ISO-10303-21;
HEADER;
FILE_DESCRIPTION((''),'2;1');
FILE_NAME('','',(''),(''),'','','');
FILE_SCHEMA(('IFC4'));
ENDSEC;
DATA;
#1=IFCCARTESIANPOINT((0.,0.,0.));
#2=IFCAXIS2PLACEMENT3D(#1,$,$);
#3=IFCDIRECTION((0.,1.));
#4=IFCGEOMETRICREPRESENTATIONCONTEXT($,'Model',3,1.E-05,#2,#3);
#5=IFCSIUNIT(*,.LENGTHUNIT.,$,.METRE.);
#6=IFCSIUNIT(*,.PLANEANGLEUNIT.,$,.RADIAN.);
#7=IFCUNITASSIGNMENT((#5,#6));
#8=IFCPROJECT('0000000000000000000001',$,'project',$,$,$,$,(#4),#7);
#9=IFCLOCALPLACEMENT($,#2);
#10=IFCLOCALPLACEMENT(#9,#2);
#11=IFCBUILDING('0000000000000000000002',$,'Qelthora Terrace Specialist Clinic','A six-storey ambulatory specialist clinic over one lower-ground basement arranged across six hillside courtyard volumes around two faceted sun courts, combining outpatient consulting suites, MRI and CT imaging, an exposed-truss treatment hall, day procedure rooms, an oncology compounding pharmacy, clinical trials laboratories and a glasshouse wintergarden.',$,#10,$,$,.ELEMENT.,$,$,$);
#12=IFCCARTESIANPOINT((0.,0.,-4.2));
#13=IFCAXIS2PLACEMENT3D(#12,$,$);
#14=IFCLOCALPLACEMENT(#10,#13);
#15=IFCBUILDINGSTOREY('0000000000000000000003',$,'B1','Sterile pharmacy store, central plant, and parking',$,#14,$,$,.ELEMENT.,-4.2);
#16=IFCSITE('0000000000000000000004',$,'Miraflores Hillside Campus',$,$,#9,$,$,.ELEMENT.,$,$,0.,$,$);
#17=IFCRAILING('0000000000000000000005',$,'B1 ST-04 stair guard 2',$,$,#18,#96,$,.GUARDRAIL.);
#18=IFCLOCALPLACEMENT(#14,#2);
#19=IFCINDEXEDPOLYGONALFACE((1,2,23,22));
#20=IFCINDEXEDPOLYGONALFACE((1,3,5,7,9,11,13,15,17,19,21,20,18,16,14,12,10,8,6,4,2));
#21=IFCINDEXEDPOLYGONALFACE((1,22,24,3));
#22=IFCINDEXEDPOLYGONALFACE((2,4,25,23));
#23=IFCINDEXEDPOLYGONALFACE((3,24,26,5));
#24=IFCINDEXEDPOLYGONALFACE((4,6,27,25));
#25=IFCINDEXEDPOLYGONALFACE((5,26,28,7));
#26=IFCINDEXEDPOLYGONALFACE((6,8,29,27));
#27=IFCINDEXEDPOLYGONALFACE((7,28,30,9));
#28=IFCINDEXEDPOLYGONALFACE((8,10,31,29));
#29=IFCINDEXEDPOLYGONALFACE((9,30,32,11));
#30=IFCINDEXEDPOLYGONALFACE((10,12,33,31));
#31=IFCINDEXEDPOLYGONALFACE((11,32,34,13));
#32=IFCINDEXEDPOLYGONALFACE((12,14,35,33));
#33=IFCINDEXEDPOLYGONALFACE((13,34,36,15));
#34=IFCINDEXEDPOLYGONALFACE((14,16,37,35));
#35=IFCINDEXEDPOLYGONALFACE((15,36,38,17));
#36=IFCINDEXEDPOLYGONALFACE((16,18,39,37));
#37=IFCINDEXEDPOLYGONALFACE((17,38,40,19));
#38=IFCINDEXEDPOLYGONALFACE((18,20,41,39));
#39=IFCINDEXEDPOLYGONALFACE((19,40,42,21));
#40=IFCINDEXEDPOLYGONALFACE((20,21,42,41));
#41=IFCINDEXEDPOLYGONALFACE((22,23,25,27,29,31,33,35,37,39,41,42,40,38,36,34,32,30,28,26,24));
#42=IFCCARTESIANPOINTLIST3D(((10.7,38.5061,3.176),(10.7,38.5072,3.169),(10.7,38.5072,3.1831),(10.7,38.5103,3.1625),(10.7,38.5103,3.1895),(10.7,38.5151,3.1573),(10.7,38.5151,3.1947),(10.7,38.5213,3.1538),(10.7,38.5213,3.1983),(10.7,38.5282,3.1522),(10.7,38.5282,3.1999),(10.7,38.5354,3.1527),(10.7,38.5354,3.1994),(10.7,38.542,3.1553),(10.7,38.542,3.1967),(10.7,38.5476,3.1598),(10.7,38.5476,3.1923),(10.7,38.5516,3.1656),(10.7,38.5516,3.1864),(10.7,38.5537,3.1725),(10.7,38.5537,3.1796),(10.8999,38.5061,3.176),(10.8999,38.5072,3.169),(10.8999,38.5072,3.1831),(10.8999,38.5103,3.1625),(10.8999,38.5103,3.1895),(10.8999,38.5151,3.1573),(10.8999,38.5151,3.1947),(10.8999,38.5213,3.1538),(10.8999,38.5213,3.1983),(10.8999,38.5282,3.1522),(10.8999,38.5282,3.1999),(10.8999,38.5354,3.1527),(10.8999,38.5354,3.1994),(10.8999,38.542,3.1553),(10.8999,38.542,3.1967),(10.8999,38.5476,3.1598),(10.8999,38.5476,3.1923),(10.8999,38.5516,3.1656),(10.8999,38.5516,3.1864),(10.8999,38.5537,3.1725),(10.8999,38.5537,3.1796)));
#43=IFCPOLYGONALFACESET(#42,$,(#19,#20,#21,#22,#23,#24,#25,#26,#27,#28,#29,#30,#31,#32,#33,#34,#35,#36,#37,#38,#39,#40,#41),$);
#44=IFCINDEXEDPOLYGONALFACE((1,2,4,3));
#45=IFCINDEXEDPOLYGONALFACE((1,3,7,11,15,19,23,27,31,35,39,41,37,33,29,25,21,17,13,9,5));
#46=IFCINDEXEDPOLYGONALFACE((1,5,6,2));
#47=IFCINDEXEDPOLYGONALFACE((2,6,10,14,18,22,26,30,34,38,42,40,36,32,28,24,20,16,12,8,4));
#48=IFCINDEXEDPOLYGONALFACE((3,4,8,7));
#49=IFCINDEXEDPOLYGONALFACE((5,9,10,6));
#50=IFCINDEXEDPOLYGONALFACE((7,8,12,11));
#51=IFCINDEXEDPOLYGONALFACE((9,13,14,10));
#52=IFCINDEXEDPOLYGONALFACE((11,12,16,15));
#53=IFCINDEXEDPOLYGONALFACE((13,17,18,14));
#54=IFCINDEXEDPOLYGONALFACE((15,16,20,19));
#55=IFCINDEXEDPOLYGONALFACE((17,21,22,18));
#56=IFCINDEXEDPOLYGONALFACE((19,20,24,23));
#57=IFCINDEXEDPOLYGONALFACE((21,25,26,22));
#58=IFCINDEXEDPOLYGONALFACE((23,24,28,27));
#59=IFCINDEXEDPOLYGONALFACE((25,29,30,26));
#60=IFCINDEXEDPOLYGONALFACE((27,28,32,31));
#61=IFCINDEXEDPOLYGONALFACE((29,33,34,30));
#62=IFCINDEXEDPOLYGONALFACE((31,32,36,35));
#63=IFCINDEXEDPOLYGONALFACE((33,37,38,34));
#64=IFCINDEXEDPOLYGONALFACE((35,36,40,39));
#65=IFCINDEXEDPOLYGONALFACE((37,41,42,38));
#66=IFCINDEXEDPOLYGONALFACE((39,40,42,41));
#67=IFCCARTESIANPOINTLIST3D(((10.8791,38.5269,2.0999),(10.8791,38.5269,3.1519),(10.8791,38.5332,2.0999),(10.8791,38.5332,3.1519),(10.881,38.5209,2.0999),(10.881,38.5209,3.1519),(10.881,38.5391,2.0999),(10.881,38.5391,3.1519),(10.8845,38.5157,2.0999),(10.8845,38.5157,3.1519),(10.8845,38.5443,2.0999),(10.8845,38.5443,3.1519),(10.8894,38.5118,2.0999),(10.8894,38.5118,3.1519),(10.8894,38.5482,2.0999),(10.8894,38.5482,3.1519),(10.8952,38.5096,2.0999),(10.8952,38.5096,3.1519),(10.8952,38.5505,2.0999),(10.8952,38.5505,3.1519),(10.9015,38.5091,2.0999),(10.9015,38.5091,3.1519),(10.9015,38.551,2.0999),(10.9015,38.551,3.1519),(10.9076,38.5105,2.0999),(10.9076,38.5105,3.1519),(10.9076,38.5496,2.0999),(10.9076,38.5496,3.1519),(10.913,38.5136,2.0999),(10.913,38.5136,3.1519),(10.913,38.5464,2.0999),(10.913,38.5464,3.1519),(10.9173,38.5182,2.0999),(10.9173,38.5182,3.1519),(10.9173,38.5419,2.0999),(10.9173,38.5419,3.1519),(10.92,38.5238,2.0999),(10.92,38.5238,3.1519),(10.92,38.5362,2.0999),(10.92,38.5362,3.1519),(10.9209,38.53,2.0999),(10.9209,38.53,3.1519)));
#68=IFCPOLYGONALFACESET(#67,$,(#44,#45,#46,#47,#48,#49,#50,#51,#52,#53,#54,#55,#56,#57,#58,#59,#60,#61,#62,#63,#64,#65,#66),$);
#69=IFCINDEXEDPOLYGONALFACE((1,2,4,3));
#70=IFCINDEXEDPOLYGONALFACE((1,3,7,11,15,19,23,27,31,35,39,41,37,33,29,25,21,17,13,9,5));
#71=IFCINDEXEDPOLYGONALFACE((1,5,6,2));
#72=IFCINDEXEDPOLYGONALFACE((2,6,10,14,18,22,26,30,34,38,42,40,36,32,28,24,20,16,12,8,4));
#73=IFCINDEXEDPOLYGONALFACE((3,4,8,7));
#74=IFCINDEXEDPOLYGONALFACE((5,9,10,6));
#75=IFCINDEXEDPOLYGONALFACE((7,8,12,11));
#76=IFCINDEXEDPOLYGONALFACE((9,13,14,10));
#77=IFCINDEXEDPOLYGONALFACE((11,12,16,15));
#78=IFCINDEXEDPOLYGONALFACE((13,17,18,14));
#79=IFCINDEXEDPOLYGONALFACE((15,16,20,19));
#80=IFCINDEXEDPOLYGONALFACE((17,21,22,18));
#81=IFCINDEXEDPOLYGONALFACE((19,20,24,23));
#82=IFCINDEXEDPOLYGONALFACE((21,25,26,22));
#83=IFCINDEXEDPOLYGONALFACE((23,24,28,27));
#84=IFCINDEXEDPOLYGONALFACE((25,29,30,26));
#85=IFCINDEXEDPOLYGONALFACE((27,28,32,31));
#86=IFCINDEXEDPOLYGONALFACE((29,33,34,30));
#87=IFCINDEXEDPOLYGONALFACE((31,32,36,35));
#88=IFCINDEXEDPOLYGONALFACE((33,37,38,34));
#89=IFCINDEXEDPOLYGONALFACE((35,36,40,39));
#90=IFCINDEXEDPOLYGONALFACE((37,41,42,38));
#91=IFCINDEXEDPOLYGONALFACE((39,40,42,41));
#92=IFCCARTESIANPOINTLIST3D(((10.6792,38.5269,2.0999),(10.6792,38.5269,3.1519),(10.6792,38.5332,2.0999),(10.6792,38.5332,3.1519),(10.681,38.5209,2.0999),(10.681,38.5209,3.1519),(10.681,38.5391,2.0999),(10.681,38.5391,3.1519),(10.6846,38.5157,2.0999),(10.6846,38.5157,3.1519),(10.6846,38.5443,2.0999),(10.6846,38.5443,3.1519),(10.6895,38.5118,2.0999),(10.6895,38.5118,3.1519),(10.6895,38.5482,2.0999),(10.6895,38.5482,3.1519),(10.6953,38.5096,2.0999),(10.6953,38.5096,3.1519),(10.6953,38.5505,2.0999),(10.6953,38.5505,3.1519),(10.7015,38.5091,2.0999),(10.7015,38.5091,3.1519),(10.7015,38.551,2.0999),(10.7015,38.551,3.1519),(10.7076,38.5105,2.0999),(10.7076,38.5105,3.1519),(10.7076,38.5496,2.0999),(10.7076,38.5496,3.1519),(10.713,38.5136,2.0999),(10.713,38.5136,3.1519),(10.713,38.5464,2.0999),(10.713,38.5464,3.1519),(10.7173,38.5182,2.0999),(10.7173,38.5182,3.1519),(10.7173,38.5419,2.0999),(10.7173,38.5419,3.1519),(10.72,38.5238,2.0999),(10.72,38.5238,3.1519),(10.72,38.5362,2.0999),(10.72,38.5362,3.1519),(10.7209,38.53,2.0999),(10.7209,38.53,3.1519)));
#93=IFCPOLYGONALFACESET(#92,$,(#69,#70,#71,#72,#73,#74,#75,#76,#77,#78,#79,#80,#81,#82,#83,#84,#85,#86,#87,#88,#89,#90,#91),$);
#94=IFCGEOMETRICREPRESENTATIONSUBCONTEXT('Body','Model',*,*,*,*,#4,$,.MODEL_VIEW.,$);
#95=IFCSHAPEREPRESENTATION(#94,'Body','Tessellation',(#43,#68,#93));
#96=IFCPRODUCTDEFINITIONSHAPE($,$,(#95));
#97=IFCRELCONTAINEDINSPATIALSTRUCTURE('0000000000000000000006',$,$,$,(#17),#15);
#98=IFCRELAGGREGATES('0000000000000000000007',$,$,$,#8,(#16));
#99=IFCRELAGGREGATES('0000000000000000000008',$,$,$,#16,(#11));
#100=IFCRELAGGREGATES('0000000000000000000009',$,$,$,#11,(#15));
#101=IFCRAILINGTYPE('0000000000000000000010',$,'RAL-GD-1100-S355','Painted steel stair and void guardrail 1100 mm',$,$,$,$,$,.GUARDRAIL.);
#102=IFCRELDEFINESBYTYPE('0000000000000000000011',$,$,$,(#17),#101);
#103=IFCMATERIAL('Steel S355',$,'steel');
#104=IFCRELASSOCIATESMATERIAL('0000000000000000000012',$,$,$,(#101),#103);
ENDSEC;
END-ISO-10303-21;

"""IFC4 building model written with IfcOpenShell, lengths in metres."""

from ifc_helpers import new_model, si_unit, direction, frame, origin, origin_2d, place, context, subcontext, project, spatial, circle, extrude, material, type_object, element, save


model = new_model("IFC4")

# Units and contexts
model_context = context("Model", 3, precision=1e-05, world=origin(), true_north=direction((0.0, 1.0)))
body_context = subcontext(model_context, "Body", "Model", "MODEL_VIEW")
ifc_project = project(units=[si_unit("LENGTHUNIT", "METRE"), si_unit("PLANEANGLEUNIT", "RADIAN")], contexts=[model_context])

# Site, building, storey
site_placement = place(None, origin())
site = spatial("IfcSite", under=ifc_project, at=site_placement, Name="Miraflores Hillside Campus", CompositionType="ELEMENT", RefElevation=0.0)
building_placement = place(site_placement, origin())
building = spatial("IfcBuilding", under=site, at=building_placement, Name="Qelthora Terrace Specialist Clinic", Description="A six-storey ambulatory specialist clinic over one lower-ground basement arranged across six hillside courtyard volumes around two faceted sun courts, combining outpatient consulting suites, MRI and CT imaging, an exposed-truss treatment hall, day procedure rooms, an oncology compounding pharmacy, clinical trials laboratories and a glasshouse wintergarden.", CompositionType="ELEMENT")
storey_placement = place(building_placement, frame((0.0, 0.0, -4.2)))
storey = spatial("IfcBuildingStorey", under=building, at=storey_placement, Name="B1", Description="Sterile pharmacy store, central plant, and parking", CompositionType="ELEMENT", Elevation=-4.2)

# Shared definitions
ifc_material_1 = material(Name="Steel S355", Category="steel")

# Railing
railing_type_1 = type_object("IfcRailingType", Name="RAL-GD-1100-S355", Description="Painted steel stair and void guardrail 1100 mm", PredefinedType="GUARDRAIL", material=ifc_material_1)
railing_1_placement = place(storey_placement, frame((10.8999, 38.53, 2.0999)))
element("IfcRailing", 1, at=railing_1_placement, inside=storey, type_object=railing_type_1, Name="B1 ST-04 stair guard 2", PredefinedType="GUARDRAIL", context=body_context, shape_type="SweptSolid", body=[
    extrude(circle(Radius=0.0239, at=origin_2d()), frame((0.0, 0.0, 1.0762), z_axis=(-1.0, 0.0, 0.0), x_axis=(0.0, -1.0, 0.0)), (0.0, 0.0, 1.0), 0.2),
    extrude(circle(Radius=0.021, at=origin_2d()), origin(), (0.0, 0.0, 1.0), 1.052),
    extrude(circle(Radius=0.021, at=origin_2d()), frame((-0.2, 0.0, 0.0)), (0.0, 0.0, 1.0), 1.052),
])

save(model, "model.ifc")
